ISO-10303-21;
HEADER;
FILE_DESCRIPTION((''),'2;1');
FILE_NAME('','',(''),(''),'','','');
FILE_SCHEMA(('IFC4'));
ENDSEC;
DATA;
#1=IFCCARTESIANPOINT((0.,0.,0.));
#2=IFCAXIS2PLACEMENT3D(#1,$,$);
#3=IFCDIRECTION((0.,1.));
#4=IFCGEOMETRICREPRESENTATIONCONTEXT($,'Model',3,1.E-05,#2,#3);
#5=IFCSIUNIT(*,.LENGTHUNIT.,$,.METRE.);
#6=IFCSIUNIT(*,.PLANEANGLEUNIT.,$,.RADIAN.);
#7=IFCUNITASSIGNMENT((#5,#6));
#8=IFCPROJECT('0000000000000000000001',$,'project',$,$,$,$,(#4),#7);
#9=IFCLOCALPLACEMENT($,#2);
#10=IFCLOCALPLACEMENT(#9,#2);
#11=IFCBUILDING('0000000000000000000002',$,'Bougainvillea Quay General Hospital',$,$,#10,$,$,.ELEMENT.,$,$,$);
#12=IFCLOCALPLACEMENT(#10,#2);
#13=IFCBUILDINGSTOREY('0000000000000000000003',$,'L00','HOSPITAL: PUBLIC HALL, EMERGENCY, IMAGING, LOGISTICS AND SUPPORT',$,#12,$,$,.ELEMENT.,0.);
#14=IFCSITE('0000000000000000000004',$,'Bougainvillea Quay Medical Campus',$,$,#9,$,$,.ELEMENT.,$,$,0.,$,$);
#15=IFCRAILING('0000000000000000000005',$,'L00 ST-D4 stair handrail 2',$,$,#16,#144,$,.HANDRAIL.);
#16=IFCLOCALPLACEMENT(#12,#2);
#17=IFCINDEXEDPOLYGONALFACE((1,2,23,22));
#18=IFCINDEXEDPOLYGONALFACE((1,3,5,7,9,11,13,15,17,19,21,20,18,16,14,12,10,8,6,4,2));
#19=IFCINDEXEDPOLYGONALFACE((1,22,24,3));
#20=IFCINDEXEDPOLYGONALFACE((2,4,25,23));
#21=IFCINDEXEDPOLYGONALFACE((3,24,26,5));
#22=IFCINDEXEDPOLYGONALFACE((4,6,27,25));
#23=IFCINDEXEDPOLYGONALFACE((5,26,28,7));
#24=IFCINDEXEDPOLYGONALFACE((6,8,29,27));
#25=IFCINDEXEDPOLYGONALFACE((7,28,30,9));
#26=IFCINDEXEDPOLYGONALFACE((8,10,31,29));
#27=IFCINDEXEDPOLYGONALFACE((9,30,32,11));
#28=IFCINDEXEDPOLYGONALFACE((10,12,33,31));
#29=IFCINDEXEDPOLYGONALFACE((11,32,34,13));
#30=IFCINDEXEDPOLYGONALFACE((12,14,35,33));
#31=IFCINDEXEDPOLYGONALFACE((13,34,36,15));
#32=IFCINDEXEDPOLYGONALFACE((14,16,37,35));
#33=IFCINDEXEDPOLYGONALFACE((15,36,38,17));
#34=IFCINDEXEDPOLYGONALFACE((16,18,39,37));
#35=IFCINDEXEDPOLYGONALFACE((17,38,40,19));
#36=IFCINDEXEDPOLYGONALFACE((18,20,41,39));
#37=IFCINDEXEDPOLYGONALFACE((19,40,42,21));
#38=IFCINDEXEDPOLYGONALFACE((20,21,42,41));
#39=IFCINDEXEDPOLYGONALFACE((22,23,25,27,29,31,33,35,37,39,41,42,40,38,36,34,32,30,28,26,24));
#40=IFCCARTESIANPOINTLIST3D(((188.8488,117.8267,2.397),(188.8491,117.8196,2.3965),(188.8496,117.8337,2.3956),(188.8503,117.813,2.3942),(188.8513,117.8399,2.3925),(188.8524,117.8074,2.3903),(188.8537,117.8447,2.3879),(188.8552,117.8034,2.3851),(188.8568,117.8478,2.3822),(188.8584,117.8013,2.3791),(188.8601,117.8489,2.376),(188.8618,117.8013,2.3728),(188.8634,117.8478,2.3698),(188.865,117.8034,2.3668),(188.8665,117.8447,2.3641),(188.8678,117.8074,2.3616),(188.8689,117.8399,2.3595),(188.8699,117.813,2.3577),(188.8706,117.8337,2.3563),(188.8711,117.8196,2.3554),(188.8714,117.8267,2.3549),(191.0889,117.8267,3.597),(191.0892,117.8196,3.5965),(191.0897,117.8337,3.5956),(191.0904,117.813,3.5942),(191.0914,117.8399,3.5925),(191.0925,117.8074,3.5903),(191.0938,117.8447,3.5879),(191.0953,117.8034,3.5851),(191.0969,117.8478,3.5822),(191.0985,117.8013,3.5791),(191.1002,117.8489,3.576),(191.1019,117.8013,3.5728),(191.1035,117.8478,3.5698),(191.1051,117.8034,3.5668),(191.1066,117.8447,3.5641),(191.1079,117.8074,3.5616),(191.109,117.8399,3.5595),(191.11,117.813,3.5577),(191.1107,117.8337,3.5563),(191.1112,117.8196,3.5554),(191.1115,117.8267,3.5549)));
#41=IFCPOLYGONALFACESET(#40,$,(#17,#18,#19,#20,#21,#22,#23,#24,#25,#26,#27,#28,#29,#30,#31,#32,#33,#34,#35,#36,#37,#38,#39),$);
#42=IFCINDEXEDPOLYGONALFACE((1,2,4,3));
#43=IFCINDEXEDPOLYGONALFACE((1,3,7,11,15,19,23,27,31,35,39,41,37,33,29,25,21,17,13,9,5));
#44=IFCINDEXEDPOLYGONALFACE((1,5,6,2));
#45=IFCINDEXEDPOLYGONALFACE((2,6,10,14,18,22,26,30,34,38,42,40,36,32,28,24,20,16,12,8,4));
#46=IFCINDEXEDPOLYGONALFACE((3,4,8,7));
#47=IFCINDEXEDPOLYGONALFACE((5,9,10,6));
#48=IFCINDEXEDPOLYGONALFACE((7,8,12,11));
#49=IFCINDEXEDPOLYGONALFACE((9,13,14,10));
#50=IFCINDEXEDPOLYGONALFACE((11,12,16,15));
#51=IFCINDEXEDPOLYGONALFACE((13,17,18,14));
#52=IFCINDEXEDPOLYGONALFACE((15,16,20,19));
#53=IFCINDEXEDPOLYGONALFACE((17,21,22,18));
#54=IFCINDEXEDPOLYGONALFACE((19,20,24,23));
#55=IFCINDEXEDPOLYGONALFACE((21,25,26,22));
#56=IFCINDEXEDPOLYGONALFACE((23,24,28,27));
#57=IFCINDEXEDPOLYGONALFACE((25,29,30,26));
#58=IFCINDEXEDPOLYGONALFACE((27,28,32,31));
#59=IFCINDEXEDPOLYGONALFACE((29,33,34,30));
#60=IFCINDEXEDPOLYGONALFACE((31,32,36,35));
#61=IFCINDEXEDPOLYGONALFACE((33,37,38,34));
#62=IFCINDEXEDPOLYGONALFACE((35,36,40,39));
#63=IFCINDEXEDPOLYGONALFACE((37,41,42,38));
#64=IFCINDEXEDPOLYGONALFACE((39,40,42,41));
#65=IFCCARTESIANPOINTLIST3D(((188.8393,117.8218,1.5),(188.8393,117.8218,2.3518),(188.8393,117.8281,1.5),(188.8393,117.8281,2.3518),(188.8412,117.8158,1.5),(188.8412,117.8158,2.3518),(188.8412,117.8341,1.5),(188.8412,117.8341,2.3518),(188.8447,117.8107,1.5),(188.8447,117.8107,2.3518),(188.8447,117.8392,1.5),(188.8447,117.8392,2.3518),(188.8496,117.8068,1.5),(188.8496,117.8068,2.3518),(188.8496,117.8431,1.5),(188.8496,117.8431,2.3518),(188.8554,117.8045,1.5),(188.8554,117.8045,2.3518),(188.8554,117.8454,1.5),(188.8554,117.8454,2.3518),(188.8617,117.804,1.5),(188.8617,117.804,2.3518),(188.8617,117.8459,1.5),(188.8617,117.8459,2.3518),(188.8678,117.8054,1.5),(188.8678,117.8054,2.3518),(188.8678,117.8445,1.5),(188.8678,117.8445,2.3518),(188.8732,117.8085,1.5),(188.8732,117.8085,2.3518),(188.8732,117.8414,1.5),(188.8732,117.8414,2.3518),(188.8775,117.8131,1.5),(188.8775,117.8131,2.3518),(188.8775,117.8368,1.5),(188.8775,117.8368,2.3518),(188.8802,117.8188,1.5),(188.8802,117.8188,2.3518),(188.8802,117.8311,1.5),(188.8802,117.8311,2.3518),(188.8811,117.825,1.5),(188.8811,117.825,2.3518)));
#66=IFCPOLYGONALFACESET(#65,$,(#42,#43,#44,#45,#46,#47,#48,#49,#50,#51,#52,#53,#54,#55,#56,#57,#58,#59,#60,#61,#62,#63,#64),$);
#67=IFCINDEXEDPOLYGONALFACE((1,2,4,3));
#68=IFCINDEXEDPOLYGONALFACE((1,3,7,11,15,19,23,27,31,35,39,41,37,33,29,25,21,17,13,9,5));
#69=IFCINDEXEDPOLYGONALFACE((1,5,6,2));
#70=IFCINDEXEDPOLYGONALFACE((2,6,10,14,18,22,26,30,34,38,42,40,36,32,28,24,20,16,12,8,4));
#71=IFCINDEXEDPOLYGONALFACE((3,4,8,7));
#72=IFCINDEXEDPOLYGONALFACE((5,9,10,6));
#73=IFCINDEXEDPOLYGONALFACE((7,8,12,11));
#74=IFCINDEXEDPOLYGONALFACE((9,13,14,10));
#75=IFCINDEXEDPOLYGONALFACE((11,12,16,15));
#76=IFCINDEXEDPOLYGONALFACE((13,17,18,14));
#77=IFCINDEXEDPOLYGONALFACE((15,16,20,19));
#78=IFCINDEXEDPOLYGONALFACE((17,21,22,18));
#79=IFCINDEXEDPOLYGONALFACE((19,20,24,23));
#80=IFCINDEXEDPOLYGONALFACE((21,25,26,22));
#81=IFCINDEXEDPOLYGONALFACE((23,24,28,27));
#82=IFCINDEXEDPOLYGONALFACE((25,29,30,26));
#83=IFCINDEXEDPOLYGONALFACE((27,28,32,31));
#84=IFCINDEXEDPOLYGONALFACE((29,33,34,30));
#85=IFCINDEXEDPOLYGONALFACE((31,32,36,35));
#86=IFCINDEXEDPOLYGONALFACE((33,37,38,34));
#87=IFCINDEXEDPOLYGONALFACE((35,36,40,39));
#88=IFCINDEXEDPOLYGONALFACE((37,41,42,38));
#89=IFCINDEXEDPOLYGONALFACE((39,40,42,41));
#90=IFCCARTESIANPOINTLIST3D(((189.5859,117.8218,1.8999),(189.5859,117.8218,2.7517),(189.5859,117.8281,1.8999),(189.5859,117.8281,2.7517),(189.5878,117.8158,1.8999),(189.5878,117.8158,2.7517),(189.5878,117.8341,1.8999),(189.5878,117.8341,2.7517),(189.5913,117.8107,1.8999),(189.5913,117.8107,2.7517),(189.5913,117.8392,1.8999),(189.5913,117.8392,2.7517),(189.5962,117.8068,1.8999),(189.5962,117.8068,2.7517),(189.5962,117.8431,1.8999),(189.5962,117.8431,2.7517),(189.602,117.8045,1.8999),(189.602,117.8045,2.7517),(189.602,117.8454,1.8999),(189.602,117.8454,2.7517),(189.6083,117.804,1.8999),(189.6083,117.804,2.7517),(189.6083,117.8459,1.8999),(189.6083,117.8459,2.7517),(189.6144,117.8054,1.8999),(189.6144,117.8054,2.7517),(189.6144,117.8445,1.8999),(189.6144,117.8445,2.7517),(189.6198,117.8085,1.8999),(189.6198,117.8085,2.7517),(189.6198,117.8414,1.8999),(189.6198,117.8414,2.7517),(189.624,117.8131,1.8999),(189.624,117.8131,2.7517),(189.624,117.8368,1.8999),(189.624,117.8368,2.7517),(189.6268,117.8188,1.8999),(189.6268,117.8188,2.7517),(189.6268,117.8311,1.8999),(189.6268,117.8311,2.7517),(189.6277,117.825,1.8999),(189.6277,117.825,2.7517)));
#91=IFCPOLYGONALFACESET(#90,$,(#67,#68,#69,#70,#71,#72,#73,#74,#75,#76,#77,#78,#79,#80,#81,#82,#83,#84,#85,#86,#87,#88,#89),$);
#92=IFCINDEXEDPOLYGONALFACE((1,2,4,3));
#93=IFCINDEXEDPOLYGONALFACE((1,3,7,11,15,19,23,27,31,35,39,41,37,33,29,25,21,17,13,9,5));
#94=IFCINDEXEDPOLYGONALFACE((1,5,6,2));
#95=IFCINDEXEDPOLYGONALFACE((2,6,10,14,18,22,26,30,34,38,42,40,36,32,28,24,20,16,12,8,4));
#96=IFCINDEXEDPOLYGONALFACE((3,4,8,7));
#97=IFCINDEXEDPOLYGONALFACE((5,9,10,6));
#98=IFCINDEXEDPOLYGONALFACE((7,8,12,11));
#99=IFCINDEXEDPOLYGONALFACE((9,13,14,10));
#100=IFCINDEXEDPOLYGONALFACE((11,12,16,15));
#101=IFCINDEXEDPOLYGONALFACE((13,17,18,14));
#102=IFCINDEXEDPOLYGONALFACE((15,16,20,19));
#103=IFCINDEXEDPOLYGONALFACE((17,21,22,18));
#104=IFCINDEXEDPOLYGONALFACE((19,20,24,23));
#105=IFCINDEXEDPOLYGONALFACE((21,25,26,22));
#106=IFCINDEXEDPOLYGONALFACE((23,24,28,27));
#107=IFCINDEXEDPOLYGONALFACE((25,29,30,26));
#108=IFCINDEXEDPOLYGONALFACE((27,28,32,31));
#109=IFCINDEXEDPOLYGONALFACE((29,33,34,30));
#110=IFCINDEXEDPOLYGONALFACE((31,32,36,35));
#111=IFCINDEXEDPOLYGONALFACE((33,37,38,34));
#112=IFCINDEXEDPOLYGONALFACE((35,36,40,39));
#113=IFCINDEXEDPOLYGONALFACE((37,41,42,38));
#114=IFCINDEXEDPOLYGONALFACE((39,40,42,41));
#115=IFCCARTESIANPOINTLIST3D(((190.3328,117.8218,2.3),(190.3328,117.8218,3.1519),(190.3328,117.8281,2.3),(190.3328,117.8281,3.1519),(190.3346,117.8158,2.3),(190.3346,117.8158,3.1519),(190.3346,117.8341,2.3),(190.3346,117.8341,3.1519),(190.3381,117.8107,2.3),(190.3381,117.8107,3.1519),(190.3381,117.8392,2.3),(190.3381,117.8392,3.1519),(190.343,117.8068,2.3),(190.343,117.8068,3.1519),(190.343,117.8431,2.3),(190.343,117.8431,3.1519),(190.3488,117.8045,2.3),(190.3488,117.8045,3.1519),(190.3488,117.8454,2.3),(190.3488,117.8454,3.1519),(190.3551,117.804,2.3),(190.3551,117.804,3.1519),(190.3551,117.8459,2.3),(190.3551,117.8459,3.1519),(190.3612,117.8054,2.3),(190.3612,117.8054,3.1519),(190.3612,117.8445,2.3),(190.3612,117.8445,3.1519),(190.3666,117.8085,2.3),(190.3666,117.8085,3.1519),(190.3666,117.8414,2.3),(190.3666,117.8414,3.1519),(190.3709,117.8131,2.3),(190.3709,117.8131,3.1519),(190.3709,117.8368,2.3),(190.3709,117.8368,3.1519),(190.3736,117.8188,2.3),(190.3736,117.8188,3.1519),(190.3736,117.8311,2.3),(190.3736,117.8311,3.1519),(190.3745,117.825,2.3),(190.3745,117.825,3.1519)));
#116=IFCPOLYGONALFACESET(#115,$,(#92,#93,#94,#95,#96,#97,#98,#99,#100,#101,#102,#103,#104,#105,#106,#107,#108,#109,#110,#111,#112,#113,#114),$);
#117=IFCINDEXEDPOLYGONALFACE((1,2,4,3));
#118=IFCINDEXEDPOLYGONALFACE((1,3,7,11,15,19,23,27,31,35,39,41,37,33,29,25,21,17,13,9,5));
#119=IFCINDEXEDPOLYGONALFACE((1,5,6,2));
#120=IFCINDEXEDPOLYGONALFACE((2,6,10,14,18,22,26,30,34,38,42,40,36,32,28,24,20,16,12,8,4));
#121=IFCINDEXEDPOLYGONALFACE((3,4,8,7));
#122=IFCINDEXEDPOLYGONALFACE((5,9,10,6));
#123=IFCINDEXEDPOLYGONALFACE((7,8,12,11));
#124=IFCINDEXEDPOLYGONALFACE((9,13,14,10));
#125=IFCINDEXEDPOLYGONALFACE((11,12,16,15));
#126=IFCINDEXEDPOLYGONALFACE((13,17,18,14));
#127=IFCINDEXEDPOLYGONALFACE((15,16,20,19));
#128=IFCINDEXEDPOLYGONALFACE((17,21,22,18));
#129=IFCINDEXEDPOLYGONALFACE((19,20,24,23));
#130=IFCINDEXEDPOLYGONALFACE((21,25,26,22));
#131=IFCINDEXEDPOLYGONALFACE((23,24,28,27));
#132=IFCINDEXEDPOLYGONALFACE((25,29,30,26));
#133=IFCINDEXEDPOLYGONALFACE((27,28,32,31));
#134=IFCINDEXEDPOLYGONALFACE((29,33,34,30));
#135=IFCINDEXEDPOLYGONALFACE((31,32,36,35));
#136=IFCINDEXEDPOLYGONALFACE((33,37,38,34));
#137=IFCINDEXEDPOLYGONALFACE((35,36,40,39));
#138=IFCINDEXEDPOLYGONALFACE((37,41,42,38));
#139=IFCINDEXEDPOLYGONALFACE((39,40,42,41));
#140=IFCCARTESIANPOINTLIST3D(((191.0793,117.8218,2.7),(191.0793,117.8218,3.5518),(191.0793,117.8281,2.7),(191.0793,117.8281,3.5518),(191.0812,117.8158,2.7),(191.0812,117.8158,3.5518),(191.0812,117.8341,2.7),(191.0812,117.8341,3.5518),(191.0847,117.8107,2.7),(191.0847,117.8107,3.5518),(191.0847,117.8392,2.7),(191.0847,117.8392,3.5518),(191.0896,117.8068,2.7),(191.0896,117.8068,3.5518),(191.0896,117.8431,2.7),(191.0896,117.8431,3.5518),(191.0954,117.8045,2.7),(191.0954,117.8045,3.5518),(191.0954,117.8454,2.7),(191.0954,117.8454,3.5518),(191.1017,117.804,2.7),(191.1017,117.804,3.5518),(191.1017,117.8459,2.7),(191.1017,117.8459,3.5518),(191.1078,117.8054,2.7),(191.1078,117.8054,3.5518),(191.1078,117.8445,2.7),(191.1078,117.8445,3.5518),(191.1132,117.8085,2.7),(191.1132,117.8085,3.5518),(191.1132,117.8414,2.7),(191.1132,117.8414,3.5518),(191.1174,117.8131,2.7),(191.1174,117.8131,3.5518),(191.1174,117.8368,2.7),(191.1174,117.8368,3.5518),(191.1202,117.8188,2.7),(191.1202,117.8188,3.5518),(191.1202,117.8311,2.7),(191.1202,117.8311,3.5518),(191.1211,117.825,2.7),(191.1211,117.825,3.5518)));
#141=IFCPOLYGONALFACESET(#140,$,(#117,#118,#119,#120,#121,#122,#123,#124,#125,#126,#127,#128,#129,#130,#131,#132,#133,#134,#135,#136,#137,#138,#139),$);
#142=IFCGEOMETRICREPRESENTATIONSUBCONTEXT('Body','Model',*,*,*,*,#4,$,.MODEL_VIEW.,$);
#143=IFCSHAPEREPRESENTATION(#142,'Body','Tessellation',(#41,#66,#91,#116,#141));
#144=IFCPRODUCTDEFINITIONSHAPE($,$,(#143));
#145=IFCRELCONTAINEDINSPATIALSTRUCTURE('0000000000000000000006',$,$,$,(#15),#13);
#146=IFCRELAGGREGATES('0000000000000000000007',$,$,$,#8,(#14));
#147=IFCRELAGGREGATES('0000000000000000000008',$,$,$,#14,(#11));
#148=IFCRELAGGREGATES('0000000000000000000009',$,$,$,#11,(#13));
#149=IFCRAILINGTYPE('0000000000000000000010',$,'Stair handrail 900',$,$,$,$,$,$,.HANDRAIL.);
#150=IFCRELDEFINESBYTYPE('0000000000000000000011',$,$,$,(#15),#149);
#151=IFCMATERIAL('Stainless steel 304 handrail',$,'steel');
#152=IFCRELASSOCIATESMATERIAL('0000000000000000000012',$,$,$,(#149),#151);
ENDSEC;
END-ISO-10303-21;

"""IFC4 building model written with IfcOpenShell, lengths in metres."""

from ifc_helpers import new_model, si_unit, direction, frame, origin, origin_2d, place, context, subcontext, project, spatial, circle, extrude, material, type_object, element, save


model = new_model("IFC4")

# Units and contexts
model_context = context("Model", 3, precision=1e-05, world=origin(), true_north=direction((0.0, 1.0)))
body_context = subcontext(model_context, "Body", "Model", "MODEL_VIEW")
ifc_project = project(units=[si_unit("LENGTHUNIT", "METRE"), si_unit("PLANEANGLEUNIT", "RADIAN")], contexts=[model_context])

# Site, building, storey
site_placement = place(None, origin())
site = spatial("IfcSite", under=ifc_project, at=site_placement, Name="Bougainvillea Quay Medical Campus", CompositionType="ELEMENT", RefElevation=0.0)
building_placement = place(site_placement, origin())
building = spatial("IfcBuilding", under=site, at=building_placement, Name="Bougainvillea Quay General Hospital", CompositionType="ELEMENT")
storey_placement = place(building_placement, origin())
storey = spatial("IfcBuildingStorey", under=building, at=storey_placement, Name="L00", Description="HOSPITAL: PUBLIC HALL, EMERGENCY, IMAGING, LOGISTICS AND SUPPORT", CompositionType="ELEMENT", Elevation=0.0)

# Railing
ifc_material_1 = material(Name="Stainless steel 304 handrail", Category="steel")
railing_type_1 = type_object("IfcRailingType", Name="Stair handrail 900", PredefinedType="HANDRAIL", material=ifc_material_1)
for number, where, name in (
    (1, (188.8601, 117.825, 1.5), "L00 ST-D4 stair handrail 2"),
):
    element("IfcRailing", number, at=place(storey_placement, frame(where)), inside=storey, type_object=railing_type_1, Name=name, PredefinedType="HANDRAIL", context=body_context, shape_type="SweptSolid", body=[
        extrude(circle(Radius=0.0239, at=origin_2d()), frame((0.0, 0.0, 0.876), z_axis=(0.881487, 0.0, 0.472208), x_axis=(0.0, 1.0, 0.0)), (0.0, 0.0, 1.0), 2.5413),
        extrude(circle(Radius=0.021, at=origin_2d()), origin(), (0.0, 0.0, 1.0), 0.8518),
        extrude(circle(Radius=0.021, at=origin_2d()), frame((0.7466, 0.0, 0.3999)), (0.0, 0.0, 1.0), 0.8518),
        extrude(circle(Radius=0.021, at=origin_2d()), frame((1.4934, 0.0, 0.8)), (0.0, 0.0, 1.0), 0.8518),
        extrude(circle(Radius=0.021, at=origin_2d()), frame((2.24, 0.0, 1.2)), (0.0, 0.0, 1.0), 0.8518),
    ])

save(model, "model.ifc")
